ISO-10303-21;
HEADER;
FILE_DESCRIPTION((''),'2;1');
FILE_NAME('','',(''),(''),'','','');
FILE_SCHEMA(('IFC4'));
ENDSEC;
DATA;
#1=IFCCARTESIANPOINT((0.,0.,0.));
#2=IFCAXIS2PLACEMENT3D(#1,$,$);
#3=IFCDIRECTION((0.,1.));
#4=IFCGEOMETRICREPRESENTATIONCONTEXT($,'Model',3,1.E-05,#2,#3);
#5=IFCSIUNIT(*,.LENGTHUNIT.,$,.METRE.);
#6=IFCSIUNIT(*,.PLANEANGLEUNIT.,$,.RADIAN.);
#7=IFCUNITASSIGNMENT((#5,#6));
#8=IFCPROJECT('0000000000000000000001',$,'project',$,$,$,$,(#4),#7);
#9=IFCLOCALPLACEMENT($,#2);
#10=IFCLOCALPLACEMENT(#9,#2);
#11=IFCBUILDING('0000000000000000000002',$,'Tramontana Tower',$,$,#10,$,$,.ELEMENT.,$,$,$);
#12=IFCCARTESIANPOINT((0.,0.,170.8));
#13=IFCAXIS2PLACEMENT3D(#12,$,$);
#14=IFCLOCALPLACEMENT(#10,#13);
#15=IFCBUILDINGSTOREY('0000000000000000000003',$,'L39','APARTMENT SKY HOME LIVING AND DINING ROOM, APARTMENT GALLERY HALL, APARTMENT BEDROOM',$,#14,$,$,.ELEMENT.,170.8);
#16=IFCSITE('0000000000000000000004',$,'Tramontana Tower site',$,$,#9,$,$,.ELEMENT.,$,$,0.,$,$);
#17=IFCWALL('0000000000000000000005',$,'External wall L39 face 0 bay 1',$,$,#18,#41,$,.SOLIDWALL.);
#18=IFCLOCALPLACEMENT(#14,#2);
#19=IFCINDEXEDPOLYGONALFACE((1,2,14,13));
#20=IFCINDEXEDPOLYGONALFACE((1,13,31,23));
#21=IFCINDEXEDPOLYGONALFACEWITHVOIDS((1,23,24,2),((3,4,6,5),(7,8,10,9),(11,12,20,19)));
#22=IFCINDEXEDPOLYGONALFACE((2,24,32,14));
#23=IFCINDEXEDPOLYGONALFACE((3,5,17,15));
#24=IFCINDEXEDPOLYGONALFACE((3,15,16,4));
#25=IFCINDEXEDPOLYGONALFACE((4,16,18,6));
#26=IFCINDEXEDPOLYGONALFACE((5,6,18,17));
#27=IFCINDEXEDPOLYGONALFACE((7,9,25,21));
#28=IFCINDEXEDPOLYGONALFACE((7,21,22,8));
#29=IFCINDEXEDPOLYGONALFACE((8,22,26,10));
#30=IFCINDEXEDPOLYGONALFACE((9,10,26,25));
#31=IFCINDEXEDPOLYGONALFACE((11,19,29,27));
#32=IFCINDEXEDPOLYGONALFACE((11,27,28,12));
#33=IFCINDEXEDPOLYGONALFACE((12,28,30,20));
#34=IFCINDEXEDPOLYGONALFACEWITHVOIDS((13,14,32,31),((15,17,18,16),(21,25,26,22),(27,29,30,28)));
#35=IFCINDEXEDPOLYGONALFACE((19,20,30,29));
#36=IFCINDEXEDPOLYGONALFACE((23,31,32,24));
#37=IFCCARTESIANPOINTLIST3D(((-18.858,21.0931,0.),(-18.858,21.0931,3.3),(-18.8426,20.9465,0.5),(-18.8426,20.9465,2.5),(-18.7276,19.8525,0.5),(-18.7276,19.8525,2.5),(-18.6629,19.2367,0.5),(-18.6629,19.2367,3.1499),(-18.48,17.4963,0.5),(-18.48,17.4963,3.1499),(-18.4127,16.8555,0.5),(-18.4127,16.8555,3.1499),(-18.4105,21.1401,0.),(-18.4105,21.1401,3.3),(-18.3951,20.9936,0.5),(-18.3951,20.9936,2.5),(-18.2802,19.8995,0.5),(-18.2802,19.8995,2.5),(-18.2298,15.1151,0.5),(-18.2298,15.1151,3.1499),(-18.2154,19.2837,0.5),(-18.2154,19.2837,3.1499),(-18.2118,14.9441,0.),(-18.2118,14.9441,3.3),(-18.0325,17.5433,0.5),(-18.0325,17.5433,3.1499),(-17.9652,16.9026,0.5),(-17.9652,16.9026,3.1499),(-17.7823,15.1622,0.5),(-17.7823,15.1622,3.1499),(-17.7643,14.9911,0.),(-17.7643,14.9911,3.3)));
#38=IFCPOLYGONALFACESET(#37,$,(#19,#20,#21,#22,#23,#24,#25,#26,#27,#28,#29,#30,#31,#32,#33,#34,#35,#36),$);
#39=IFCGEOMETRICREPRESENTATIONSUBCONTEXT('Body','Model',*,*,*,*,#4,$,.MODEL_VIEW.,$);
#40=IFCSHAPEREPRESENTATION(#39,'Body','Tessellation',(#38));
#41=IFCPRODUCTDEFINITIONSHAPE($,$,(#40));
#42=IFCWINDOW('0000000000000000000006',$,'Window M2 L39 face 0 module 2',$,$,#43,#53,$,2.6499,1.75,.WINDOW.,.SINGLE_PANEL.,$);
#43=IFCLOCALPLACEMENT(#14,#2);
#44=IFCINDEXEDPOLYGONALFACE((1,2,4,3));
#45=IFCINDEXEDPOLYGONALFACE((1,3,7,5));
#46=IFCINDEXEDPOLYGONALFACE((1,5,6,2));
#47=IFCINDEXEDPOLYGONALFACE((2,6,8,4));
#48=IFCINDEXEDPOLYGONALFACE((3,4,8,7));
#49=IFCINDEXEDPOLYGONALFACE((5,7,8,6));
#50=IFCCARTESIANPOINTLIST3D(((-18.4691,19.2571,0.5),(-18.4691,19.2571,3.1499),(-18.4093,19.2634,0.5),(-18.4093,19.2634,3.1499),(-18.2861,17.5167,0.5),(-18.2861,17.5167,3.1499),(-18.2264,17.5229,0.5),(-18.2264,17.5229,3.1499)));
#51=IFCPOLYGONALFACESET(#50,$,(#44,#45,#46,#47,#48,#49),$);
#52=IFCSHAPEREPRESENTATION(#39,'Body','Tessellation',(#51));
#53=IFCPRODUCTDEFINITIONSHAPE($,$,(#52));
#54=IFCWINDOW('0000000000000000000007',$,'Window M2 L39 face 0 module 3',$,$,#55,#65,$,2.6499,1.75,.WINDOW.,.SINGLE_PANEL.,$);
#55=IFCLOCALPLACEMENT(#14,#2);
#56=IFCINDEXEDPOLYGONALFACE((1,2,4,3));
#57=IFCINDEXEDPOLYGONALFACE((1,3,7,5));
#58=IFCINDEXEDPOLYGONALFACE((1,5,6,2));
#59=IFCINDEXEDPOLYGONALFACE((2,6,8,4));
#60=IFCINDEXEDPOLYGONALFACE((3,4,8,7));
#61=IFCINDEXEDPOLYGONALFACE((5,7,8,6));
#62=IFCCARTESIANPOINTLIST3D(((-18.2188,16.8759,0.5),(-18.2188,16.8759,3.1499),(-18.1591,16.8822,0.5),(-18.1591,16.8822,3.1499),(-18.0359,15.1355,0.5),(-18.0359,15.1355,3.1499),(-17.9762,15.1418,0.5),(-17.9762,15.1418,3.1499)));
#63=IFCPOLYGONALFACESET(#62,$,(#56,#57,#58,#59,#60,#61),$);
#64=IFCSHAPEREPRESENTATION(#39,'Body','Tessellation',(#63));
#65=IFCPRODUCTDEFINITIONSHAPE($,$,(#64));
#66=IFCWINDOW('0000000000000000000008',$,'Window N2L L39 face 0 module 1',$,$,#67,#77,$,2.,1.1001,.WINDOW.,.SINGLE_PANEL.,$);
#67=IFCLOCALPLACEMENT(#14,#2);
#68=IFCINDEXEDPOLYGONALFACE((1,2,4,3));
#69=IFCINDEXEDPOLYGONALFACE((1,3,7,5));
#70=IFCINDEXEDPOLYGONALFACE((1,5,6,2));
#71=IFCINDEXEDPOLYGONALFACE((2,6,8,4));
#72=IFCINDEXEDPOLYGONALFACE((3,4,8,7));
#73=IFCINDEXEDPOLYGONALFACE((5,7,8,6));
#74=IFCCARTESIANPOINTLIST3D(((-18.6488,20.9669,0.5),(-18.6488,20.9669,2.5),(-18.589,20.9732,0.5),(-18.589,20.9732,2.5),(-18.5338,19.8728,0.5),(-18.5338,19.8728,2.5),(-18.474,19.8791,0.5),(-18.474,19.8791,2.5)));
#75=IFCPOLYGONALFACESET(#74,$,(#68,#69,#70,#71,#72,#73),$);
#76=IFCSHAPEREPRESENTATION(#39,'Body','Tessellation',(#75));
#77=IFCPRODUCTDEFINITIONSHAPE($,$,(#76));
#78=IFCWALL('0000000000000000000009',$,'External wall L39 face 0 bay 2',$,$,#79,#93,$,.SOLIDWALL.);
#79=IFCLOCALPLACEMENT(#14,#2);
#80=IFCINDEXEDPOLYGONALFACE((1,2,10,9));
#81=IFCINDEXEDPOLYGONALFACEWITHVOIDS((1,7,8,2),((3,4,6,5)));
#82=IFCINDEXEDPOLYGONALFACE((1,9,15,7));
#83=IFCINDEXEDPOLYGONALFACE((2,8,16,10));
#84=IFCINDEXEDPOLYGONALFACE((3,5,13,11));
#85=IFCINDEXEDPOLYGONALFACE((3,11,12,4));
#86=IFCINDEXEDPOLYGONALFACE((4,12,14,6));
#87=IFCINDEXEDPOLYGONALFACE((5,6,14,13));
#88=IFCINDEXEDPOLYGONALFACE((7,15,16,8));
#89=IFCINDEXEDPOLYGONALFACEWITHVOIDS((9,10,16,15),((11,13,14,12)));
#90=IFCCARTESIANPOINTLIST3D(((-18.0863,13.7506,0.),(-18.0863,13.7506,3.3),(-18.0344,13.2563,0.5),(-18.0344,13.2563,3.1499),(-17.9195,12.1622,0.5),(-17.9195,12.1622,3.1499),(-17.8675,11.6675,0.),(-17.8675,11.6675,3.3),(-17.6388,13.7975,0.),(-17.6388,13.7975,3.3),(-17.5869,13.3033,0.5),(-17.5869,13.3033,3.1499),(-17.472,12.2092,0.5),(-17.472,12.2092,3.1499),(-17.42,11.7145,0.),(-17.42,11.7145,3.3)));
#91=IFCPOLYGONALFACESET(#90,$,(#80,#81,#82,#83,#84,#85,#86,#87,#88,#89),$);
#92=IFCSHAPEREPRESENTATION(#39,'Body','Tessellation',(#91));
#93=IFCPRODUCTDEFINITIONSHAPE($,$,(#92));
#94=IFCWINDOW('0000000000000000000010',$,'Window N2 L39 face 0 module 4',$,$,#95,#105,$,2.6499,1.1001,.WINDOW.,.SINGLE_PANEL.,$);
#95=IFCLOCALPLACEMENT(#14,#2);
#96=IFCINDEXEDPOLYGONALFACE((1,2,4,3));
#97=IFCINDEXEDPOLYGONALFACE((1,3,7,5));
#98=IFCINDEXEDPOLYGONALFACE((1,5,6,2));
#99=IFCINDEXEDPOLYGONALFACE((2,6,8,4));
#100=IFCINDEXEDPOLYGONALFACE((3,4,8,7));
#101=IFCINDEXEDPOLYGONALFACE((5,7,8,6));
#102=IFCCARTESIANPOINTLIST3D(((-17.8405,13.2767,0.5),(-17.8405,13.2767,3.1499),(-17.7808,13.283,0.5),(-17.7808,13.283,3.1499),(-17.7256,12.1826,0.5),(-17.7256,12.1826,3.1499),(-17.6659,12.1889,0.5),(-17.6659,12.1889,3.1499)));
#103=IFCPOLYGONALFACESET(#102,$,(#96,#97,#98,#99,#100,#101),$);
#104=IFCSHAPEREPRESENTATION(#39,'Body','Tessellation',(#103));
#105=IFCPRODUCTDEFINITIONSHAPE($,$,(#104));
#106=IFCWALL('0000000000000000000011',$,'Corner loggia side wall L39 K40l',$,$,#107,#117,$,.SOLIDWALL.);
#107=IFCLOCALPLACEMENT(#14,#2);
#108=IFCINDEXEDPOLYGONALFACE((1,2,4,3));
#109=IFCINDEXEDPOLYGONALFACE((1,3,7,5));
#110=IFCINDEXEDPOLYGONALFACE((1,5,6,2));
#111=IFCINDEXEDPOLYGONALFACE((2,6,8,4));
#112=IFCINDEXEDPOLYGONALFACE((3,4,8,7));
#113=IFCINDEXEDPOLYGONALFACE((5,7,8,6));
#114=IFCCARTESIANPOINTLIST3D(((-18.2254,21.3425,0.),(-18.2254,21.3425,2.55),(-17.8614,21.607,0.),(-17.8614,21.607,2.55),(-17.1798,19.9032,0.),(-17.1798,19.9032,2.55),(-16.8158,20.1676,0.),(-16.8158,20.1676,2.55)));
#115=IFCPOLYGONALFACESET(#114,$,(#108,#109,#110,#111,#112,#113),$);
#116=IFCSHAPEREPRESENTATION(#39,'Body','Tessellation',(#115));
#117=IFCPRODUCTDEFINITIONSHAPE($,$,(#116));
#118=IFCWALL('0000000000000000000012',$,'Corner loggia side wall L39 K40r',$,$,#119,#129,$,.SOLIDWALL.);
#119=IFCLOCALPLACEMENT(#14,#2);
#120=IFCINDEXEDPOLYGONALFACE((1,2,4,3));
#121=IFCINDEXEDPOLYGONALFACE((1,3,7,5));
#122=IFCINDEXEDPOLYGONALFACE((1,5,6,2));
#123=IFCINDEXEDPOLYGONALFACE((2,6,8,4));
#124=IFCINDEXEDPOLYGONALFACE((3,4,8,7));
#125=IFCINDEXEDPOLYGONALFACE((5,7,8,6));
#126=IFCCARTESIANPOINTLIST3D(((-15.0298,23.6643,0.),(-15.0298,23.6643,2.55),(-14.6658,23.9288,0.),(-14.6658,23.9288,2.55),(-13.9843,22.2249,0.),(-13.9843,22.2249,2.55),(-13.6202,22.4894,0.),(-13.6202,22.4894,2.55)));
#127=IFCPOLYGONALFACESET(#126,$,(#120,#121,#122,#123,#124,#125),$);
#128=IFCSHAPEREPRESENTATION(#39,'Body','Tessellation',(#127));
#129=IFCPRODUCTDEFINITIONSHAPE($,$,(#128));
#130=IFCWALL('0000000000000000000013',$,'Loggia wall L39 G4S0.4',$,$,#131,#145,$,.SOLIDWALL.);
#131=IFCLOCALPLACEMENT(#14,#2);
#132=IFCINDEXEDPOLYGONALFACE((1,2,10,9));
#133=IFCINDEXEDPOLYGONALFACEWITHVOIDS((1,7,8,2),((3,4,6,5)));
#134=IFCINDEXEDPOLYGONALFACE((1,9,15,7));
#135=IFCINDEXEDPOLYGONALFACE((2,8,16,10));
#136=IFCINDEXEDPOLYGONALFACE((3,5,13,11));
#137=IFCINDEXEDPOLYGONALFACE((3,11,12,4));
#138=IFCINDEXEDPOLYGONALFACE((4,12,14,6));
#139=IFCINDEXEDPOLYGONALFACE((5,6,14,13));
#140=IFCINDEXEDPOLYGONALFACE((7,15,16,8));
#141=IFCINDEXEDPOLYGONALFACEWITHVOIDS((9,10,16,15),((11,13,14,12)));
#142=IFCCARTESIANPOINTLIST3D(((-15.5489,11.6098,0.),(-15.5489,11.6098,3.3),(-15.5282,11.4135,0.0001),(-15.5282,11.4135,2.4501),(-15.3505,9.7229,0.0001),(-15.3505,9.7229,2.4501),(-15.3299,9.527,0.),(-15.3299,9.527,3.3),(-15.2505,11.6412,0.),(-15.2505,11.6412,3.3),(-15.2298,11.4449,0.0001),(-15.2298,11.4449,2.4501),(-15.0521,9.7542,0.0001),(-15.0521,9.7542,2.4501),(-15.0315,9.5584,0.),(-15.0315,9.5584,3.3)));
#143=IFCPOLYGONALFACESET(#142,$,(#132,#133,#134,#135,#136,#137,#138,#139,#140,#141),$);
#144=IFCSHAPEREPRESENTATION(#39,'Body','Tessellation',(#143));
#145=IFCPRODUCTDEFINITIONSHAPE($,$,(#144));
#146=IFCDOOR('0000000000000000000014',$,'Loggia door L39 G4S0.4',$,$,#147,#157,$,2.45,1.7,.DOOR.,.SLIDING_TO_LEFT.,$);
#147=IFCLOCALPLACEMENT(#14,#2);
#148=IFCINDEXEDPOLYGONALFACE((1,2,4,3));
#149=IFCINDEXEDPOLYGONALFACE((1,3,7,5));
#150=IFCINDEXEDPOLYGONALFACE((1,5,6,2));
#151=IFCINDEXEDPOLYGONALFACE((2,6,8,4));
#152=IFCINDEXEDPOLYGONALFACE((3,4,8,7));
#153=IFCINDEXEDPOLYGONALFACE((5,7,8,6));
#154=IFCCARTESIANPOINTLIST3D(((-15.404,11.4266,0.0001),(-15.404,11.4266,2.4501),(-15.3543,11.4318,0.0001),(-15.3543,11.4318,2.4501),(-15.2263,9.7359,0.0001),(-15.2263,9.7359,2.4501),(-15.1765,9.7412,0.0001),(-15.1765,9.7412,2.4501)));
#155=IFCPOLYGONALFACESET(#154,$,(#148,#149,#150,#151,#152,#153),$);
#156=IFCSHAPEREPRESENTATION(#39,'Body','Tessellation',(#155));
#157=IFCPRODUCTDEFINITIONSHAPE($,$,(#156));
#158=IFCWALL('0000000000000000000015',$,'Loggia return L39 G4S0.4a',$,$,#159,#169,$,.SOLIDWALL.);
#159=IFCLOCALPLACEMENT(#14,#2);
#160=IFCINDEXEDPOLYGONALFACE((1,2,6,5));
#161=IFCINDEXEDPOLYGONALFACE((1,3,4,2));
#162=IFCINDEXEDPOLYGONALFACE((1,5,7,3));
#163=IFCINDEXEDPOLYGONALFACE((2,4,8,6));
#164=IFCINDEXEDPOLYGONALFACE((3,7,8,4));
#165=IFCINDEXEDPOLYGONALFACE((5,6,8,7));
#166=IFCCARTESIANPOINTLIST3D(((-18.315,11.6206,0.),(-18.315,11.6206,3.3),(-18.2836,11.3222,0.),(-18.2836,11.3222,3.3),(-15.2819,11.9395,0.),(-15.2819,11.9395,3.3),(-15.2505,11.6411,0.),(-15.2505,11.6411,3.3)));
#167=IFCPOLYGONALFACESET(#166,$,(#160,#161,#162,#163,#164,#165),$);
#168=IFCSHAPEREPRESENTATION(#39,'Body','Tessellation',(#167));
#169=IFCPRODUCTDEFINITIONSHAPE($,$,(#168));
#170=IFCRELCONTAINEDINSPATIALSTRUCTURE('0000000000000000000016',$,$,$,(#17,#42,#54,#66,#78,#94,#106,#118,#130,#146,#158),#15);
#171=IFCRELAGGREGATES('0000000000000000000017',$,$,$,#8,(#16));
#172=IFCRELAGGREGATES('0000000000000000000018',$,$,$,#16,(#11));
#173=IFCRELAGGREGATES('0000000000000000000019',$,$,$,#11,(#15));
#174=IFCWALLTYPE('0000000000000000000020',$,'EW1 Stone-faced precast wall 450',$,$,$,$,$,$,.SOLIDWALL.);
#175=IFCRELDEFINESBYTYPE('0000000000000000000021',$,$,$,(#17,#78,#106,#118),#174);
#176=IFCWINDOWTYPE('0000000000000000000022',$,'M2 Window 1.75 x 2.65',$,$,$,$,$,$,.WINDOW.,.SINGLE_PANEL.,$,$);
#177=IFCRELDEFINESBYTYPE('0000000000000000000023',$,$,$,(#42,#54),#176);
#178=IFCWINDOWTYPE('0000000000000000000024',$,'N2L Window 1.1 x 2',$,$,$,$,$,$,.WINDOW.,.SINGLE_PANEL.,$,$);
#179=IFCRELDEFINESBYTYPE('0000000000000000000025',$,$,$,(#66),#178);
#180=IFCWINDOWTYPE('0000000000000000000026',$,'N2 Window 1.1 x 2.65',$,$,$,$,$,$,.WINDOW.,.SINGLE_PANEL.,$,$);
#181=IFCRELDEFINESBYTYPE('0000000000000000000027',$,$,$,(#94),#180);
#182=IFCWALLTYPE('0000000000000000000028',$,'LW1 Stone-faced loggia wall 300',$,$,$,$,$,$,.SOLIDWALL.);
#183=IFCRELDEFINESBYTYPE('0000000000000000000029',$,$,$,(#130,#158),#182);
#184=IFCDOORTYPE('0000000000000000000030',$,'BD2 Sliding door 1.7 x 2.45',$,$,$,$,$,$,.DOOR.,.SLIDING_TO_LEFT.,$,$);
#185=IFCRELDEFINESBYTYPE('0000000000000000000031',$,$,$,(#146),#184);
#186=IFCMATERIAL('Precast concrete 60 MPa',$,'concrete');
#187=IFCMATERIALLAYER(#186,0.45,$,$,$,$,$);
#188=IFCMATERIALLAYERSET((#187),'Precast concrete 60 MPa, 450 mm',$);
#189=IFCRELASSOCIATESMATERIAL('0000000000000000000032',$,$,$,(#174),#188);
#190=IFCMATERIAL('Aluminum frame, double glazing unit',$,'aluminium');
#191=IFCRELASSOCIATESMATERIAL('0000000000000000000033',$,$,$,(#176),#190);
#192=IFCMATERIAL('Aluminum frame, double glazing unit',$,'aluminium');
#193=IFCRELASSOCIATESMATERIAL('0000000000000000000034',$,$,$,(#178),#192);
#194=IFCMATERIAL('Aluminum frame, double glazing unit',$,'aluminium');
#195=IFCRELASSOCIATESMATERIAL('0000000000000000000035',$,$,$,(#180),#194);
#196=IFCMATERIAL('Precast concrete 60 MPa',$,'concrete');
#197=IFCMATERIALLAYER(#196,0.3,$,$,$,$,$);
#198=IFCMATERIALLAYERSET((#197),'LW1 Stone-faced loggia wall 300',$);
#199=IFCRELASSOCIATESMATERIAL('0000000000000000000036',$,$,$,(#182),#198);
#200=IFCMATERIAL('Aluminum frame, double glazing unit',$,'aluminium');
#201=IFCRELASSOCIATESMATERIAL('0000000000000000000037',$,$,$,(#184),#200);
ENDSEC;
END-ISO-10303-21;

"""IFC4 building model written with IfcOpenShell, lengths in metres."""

from ifc_helpers import new_model, si_unit, direction, frame, frame_2d, origin, place, context, subcontext, project, spatial, rectangle, extrude, material, layer, layer_set, type_object, element, fill, save


model = new_model("IFC4")

# Units and contexts
model_context = context("Model", 3, precision=1e-05, world=origin(), true_north=direction((0.0, 1.0)))
body_context = subcontext(model_context, "Body", "Model", "MODEL_VIEW")
ifc_project = project(units=[si_unit("LENGTHUNIT", "METRE"), si_unit("PLANEANGLEUNIT", "RADIAN")], contexts=[model_context])

# Site, building, storey
site_placement = place(None, origin())
site = spatial("IfcSite", under=ifc_project, at=site_placement, Name="Tramontana Tower site", CompositionType="ELEMENT", RefElevation=0.0)
building_placement = place(site_placement, origin())
building = spatial("IfcBuilding", under=site, at=building_placement, Name="Tramontana Tower", CompositionType="ELEMENT")
storey_placement = place(building_placement, frame((0.0, 0.0, 170.8)))
storey = spatial("IfcBuildingStorey", under=building, at=storey_placement, Name="L39", Description="APARTMENT SKY HOME LIVING AND DINING ROOM, APARTMENT GALLERY HALL, APARTMENT BEDROOM", CompositionType="ELEMENT", Elevation=170.8)

# Wall, openings, windows
ifc_material_1 = material(Name="Precast concrete 60 MPa", Category="concrete")
ifc_layer_1 = layer(ifc_material_1, 0.45)
ifc_layer_set_1 = layer_set([ifc_layer_1], Name="Precast concrete 60 MPa, 450 mm")
wall_type_1 = type_object("IfcWallType", Name="EW1 Stone-faced precast wall 450", PredefinedType="SOLIDWALL", material=ifc_layer_set_1)
wall_1_placement = place(storey_placement, frame((-18.6343, 21.1165, 0.0), z_axis=(0.0, 0.0, 1.0), x_axis=(0.104522, -0.994523, 0.0)))
wall_1 = element("IfcWall", 1, at=wall_1_placement, inside=storey, type_object=wall_type_1, Name="External wall L39 face 0 bay 1", PredefinedType="SOLIDWALL", context=body_context, shape_type="SweptSolid", body=[
    extrude(rectangle(XDim=6.1829, YDim=0.45, at=frame_2d((3.0913, 0.0))), origin(), (0.0, 0.0, 1.0), 3.3),
])
opening_1_placement = place(wall_1_placement, frame((0.1472, 0.0, 0.5)))
opening_1 = element("IfcOpeningElement", 2, at=opening_1_placement, cuts=wall_1, PredefinedType="OPENING", context=body_context, shape_type="SweptSolid", body=[
    extrude(rectangle(XDim=1.1001, YDim=2.0, at=frame_2d((0.55, 1.0))), frame((0.0, 0.2349, 0.0), z_axis=(0.0, -1.0, 0.0), x_axis=(1.0, 0.0, 0.0)), (0.0, 0.0, 1.0), 0.47),
])
opening_2_placement = place(wall_1_placement, frame((1.8665, 0.0, 0.5)))
opening_2 = element("IfcOpeningElement", 3, at=opening_2_placement, cuts=wall_1, PredefinedType="OPENING", context=body_context, shape_type="SweptSolid", body=[
    extrude(rectangle(XDim=1.75, YDim=2.6499, at=frame_2d((0.875, 1.325))), frame((0.0, 0.2349, 0.0), z_axis=(0.0, -1.0, 0.0), x_axis=(1.0, 0.0, 0.0)), (0.0, 0.0, 1.0), 0.47),
])
opening_3_placement = place(wall_1_placement, frame((4.2607, 0.0, 0.5)))
opening_3 = element("IfcOpeningElement", 4, at=opening_3_placement, cuts=wall_1, PredefinedType="OPENING", context=body_context, shape_type="SweptSolid", body=[
    extrude(rectangle(XDim=1.75, YDim=2.6499, at=frame_2d((0.875, 1.325))), frame((0.0, 0.2349, 0.0), z_axis=(0.0, -1.0, 0.0), x_axis=(1.0, 0.0, 0.0)), (0.0, 0.0, 1.0), 0.47),
])
ifc_material_2 = material(Name="Aluminum frame, double glazing unit", Category="aluminium")
window_type_1 = type_object("IfcWindowType", Name="M2 Window 1.75 x 2.65", PartitioningType="SINGLE_PANEL", PredefinedType="WINDOW", material=ifc_material_2)
window_1_placement = place(opening_2_placement, origin())
window_1 = element("IfcWindow", 5, at=window_1_placement, inside=storey, type_object=window_type_1, Name="Window M2 L39 face 0 module 2", OverallHeight=2.6499, OverallWidth=1.75, PartitioningType="SINGLE_PANEL", PredefinedType="WINDOW", context=body_context, shape_type="SweptSolid", body=[
    extrude(rectangle(XDim=1.75, YDim=2.6499, at=frame_2d((0.875, 1.325))), frame((0.0, 0.03, 0.0), z_axis=(0.0, -1.0, 0.0), x_axis=(1.0, 0.0, 0.0)), (0.0, 0.0, 1.0), 0.0601),
])
fill(opening_2, window_1)
window_2_placement = place(opening_3_placement, origin())
window_2 = element("IfcWindow", 6, at=window_2_placement, inside=storey, type_object=window_type_1, Name="Window M2 L39 face 0 module 3", OverallHeight=2.6499, OverallWidth=1.75, PartitioningType="SINGLE_PANEL", PredefinedType="WINDOW", context=body_context, shape_type="SweptSolid", body=[
    extrude(rectangle(XDim=1.75, YDim=2.6499, at=frame_2d((0.875, 1.325))), frame((0.0, 0.03, 0.0), z_axis=(0.0, -1.0, 0.0), x_axis=(1.0, 0.0, 0.0)), (0.0, 0.0, 1.0), 0.0601),
])
fill(opening_3, window_2)
ifc_material_3 = material(Name="Aluminum frame, double glazing unit", Category="aluminium")
window_type_2 = type_object("IfcWindowType", Name="N2L Window 1.1 x 2", PartitioningType="SINGLE_PANEL", PredefinedType="WINDOW", material=ifc_material_3)
window_3_placement = place(opening_1_placement, origin())
window_3 = element("IfcWindow", 7, at=window_3_placement, inside=storey, type_object=window_type_2, Name="Window N2L L39 face 0 module 1", OverallHeight=2.0, OverallWidth=1.1001, PartitioningType="SINGLE_PANEL", PredefinedType="WINDOW", context=body_context, shape_type="SweptSolid", body=[
    extrude(rectangle(XDim=1.1001, YDim=2.0, at=frame_2d((0.55, 1.0))), frame((0.0, 0.03, 0.0), z_axis=(0.0, -1.0, 0.0), x_axis=(1.0, 0.0, 0.0)), (0.0, 0.0, 1.0), 0.0601),
])
fill(opening_1, window_3)

# Wall, opening, window
wall_2_placement = place(storey_placement, frame((-17.8625, 13.7742, 0.0), z_axis=(0.0, 0.0, 1.0), x_axis=(0.104442, -0.994531, 0.0)))
wall_2 = element("IfcWall", 8, at=wall_2_placement, inside=storey, type_object=wall_type_1, Name="External wall L39 face 0 bay 2", PredefinedType="SOLIDWALL", context=body_context, shape_type="SweptSolid", body=[
    extrude(rectangle(XDim=2.0945, YDim=0.45, at=frame_2d((1.0474, 0.0))), origin(), (0.0, 0.0, 1.0), 3.3),
])
opening_4_placement = place(wall_2_placement, frame((0.4971, 0.0, 0.5)))
opening_4 = element("IfcOpeningElement", 9, at=opening_4_placement, cuts=wall_2, PredefinedType="OPENING", context=body_context, shape_type="SweptSolid", body=[
    extrude(rectangle(XDim=1.1001, YDim=2.6499, at=frame_2d((0.55, 1.325))), frame((0.0, 0.2349, 0.0), z_axis=(0.0, -1.0, 0.0), x_axis=(1.0, 0.0, 0.0)), (0.0, 0.0, 1.0), 0.47),
])
ifc_material_4 = material(Name="Aluminum frame, double glazing unit", Category="aluminium")
window_type_3 = type_object("IfcWindowType", Name="N2 Window 1.1 x 2.65", PartitioningType="SINGLE_PANEL", PredefinedType="WINDOW", material=ifc_material_4)
window_4_placement = place(opening_4_placement, origin())
window_4 = element("IfcWindow", 10, at=window_4_placement, inside=storey, type_object=window_type_3, Name="Window N2 L39 face 0 module 4", OverallHeight=2.6499, OverallWidth=1.1001, PartitioningType="SINGLE_PANEL", PredefinedType="WINDOW", context=body_context, shape_type="SweptSolid", body=[
    extrude(rectangle(XDim=1.1001, YDim=2.6499, at=frame_2d((0.55, 1.325))), frame((0.0, 0.03, 0.0), z_axis=(0.0, -1.0, 0.0), x_axis=(1.0, 0.0, 0.0)), (0.0, 0.0, 1.0), 0.0601),
])
fill(opening_4, window_4)

# Walls
for number, where, z_axis, x_axis, name in (
    (11, (-18.0435, 21.4749, 0.0), (0.0, 0.0, 1.0), (0.587723, -0.809062, 0.0), "Corner loggia side wall L39 K40l"),
    (12, (-14.8479, 23.7966, 0.0), (0.0, 0.0, 1.0), (0.587723, -0.809062, 0.0), "Corner loggia side wall L39 K40r"),
):
    element("IfcWall", number, at=place(storey_placement, frame(where, z_axis=z_axis, x_axis=x_axis)), inside=storey, type_object=wall_type_1, Name=name, PredefinedType="SOLIDWALL", context=body_context, shape_type="SweptSolid", body=[
        extrude(rectangle(XDim=1.7791, YDim=0.45, at=frame_2d((0.8896, 0.0))), origin(), (0.0, 0.0, 1.0), 2.55),
    ])

# Wall, opening, door
ifc_material_5 = material(Name="Precast concrete 60 MPa", Category="concrete")
ifc_layer_2 = layer(ifc_material_5, 0.3)
ifc_layer_set_2 = layer_set([ifc_layer_2], Name="LW1 Stone-faced loggia wall 300")
wall_type_2 = type_object("IfcWallType", Name="LW1 Stone-faced loggia wall 300", PredefinedType="SOLIDWALL", material=ifc_layer_set_2)
wall_3_placement = place(storey_placement, frame((-15.3997, 11.6255, 0.0), z_axis=(0.0, 0.0, 1.0), x_axis=(0.104569, -0.994518, 0.0)))
wall_3 = element("IfcWall", 13, at=wall_3_placement, inside=storey, type_object=wall_type_2, Name="Loggia wall L39 G4S0.4", PredefinedType="SOLIDWALL", context=body_context, shape_type="SweptSolid", body=[
    extrude(rectangle(XDim=2.0942, YDim=0.3, at=frame_2d((1.0471, 0.0))), origin(), (0.0, 0.0, 1.0), 3.3),
])
opening_5_placement = place(wall_3_placement, frame((0.1973, 0.0, 0.0)))
opening_5 = element("IfcOpeningElement", 14, at=opening_5_placement, cuts=wall_3, PredefinedType="OPENING", context=body_context, shape_type="SweptSolid", body=[
    extrude(rectangle(XDim=1.7, YDim=2.45, at=frame_2d((0.8501, 1.2251))), frame((0.0, 0.1599, 0.0), z_axis=(0.0, -1.0, 0.0), x_axis=(1.0, 0.0, 0.0)), (0.0, 0.0, 1.0), 0.3201),
])
ifc_material_6 = material(Name="Aluminum frame, double glazing unit", Category="aluminium")
door_type_1 = type_object("IfcDoorType", Name="BD2 Sliding door 1.7 x 2.45", OperationType="SLIDING_TO_LEFT", PredefinedType="DOOR", material=ifc_material_6)
door_1_placement = place(opening_5_placement, origin())
door_1 = element("IfcDoor", 15, at=door_1_placement, inside=storey, type_object=door_type_1, Name="Loggia door L39 G4S0.4", OperationType="SLIDING_TO_LEFT", OverallHeight=2.45, OverallWidth=1.7, PredefinedType="DOOR", context=body_context, shape_type="SweptSolid", body=[
    extrude(rectangle(XDim=1.7, YDim=2.45, at=frame_2d((0.8501, 1.2251))), frame((0.0, 0.0249, 0.0), z_axis=(0.0, -1.0, 0.0), x_axis=(1.0, 0.0, 0.0)), (0.0, 0.0, 1.0), 0.05),
])
fill(opening_5, door_1)

# Wall
wall_4_placement = place(storey_placement, frame((-18.2993, 11.4714, 0.0), z_axis=(0.0, 0.0, 1.0), x_axis=(0.99452, 0.104543, 0.0)))
element("IfcWall", 16, at=wall_4_placement, inside=storey, type_object=wall_type_2, Name="Loggia return L39 G4S0.4a", PredefinedType="SOLIDWALL", context=body_context, shape_type="SweptSolid", body=[
    extrude(rectangle(XDim=3.0498, YDim=0.3, at=frame_2d((1.5249, 0.0))), origin(), (0.0, 0.0, 1.0), 3.3),
])

save(model, "model.ifc")
